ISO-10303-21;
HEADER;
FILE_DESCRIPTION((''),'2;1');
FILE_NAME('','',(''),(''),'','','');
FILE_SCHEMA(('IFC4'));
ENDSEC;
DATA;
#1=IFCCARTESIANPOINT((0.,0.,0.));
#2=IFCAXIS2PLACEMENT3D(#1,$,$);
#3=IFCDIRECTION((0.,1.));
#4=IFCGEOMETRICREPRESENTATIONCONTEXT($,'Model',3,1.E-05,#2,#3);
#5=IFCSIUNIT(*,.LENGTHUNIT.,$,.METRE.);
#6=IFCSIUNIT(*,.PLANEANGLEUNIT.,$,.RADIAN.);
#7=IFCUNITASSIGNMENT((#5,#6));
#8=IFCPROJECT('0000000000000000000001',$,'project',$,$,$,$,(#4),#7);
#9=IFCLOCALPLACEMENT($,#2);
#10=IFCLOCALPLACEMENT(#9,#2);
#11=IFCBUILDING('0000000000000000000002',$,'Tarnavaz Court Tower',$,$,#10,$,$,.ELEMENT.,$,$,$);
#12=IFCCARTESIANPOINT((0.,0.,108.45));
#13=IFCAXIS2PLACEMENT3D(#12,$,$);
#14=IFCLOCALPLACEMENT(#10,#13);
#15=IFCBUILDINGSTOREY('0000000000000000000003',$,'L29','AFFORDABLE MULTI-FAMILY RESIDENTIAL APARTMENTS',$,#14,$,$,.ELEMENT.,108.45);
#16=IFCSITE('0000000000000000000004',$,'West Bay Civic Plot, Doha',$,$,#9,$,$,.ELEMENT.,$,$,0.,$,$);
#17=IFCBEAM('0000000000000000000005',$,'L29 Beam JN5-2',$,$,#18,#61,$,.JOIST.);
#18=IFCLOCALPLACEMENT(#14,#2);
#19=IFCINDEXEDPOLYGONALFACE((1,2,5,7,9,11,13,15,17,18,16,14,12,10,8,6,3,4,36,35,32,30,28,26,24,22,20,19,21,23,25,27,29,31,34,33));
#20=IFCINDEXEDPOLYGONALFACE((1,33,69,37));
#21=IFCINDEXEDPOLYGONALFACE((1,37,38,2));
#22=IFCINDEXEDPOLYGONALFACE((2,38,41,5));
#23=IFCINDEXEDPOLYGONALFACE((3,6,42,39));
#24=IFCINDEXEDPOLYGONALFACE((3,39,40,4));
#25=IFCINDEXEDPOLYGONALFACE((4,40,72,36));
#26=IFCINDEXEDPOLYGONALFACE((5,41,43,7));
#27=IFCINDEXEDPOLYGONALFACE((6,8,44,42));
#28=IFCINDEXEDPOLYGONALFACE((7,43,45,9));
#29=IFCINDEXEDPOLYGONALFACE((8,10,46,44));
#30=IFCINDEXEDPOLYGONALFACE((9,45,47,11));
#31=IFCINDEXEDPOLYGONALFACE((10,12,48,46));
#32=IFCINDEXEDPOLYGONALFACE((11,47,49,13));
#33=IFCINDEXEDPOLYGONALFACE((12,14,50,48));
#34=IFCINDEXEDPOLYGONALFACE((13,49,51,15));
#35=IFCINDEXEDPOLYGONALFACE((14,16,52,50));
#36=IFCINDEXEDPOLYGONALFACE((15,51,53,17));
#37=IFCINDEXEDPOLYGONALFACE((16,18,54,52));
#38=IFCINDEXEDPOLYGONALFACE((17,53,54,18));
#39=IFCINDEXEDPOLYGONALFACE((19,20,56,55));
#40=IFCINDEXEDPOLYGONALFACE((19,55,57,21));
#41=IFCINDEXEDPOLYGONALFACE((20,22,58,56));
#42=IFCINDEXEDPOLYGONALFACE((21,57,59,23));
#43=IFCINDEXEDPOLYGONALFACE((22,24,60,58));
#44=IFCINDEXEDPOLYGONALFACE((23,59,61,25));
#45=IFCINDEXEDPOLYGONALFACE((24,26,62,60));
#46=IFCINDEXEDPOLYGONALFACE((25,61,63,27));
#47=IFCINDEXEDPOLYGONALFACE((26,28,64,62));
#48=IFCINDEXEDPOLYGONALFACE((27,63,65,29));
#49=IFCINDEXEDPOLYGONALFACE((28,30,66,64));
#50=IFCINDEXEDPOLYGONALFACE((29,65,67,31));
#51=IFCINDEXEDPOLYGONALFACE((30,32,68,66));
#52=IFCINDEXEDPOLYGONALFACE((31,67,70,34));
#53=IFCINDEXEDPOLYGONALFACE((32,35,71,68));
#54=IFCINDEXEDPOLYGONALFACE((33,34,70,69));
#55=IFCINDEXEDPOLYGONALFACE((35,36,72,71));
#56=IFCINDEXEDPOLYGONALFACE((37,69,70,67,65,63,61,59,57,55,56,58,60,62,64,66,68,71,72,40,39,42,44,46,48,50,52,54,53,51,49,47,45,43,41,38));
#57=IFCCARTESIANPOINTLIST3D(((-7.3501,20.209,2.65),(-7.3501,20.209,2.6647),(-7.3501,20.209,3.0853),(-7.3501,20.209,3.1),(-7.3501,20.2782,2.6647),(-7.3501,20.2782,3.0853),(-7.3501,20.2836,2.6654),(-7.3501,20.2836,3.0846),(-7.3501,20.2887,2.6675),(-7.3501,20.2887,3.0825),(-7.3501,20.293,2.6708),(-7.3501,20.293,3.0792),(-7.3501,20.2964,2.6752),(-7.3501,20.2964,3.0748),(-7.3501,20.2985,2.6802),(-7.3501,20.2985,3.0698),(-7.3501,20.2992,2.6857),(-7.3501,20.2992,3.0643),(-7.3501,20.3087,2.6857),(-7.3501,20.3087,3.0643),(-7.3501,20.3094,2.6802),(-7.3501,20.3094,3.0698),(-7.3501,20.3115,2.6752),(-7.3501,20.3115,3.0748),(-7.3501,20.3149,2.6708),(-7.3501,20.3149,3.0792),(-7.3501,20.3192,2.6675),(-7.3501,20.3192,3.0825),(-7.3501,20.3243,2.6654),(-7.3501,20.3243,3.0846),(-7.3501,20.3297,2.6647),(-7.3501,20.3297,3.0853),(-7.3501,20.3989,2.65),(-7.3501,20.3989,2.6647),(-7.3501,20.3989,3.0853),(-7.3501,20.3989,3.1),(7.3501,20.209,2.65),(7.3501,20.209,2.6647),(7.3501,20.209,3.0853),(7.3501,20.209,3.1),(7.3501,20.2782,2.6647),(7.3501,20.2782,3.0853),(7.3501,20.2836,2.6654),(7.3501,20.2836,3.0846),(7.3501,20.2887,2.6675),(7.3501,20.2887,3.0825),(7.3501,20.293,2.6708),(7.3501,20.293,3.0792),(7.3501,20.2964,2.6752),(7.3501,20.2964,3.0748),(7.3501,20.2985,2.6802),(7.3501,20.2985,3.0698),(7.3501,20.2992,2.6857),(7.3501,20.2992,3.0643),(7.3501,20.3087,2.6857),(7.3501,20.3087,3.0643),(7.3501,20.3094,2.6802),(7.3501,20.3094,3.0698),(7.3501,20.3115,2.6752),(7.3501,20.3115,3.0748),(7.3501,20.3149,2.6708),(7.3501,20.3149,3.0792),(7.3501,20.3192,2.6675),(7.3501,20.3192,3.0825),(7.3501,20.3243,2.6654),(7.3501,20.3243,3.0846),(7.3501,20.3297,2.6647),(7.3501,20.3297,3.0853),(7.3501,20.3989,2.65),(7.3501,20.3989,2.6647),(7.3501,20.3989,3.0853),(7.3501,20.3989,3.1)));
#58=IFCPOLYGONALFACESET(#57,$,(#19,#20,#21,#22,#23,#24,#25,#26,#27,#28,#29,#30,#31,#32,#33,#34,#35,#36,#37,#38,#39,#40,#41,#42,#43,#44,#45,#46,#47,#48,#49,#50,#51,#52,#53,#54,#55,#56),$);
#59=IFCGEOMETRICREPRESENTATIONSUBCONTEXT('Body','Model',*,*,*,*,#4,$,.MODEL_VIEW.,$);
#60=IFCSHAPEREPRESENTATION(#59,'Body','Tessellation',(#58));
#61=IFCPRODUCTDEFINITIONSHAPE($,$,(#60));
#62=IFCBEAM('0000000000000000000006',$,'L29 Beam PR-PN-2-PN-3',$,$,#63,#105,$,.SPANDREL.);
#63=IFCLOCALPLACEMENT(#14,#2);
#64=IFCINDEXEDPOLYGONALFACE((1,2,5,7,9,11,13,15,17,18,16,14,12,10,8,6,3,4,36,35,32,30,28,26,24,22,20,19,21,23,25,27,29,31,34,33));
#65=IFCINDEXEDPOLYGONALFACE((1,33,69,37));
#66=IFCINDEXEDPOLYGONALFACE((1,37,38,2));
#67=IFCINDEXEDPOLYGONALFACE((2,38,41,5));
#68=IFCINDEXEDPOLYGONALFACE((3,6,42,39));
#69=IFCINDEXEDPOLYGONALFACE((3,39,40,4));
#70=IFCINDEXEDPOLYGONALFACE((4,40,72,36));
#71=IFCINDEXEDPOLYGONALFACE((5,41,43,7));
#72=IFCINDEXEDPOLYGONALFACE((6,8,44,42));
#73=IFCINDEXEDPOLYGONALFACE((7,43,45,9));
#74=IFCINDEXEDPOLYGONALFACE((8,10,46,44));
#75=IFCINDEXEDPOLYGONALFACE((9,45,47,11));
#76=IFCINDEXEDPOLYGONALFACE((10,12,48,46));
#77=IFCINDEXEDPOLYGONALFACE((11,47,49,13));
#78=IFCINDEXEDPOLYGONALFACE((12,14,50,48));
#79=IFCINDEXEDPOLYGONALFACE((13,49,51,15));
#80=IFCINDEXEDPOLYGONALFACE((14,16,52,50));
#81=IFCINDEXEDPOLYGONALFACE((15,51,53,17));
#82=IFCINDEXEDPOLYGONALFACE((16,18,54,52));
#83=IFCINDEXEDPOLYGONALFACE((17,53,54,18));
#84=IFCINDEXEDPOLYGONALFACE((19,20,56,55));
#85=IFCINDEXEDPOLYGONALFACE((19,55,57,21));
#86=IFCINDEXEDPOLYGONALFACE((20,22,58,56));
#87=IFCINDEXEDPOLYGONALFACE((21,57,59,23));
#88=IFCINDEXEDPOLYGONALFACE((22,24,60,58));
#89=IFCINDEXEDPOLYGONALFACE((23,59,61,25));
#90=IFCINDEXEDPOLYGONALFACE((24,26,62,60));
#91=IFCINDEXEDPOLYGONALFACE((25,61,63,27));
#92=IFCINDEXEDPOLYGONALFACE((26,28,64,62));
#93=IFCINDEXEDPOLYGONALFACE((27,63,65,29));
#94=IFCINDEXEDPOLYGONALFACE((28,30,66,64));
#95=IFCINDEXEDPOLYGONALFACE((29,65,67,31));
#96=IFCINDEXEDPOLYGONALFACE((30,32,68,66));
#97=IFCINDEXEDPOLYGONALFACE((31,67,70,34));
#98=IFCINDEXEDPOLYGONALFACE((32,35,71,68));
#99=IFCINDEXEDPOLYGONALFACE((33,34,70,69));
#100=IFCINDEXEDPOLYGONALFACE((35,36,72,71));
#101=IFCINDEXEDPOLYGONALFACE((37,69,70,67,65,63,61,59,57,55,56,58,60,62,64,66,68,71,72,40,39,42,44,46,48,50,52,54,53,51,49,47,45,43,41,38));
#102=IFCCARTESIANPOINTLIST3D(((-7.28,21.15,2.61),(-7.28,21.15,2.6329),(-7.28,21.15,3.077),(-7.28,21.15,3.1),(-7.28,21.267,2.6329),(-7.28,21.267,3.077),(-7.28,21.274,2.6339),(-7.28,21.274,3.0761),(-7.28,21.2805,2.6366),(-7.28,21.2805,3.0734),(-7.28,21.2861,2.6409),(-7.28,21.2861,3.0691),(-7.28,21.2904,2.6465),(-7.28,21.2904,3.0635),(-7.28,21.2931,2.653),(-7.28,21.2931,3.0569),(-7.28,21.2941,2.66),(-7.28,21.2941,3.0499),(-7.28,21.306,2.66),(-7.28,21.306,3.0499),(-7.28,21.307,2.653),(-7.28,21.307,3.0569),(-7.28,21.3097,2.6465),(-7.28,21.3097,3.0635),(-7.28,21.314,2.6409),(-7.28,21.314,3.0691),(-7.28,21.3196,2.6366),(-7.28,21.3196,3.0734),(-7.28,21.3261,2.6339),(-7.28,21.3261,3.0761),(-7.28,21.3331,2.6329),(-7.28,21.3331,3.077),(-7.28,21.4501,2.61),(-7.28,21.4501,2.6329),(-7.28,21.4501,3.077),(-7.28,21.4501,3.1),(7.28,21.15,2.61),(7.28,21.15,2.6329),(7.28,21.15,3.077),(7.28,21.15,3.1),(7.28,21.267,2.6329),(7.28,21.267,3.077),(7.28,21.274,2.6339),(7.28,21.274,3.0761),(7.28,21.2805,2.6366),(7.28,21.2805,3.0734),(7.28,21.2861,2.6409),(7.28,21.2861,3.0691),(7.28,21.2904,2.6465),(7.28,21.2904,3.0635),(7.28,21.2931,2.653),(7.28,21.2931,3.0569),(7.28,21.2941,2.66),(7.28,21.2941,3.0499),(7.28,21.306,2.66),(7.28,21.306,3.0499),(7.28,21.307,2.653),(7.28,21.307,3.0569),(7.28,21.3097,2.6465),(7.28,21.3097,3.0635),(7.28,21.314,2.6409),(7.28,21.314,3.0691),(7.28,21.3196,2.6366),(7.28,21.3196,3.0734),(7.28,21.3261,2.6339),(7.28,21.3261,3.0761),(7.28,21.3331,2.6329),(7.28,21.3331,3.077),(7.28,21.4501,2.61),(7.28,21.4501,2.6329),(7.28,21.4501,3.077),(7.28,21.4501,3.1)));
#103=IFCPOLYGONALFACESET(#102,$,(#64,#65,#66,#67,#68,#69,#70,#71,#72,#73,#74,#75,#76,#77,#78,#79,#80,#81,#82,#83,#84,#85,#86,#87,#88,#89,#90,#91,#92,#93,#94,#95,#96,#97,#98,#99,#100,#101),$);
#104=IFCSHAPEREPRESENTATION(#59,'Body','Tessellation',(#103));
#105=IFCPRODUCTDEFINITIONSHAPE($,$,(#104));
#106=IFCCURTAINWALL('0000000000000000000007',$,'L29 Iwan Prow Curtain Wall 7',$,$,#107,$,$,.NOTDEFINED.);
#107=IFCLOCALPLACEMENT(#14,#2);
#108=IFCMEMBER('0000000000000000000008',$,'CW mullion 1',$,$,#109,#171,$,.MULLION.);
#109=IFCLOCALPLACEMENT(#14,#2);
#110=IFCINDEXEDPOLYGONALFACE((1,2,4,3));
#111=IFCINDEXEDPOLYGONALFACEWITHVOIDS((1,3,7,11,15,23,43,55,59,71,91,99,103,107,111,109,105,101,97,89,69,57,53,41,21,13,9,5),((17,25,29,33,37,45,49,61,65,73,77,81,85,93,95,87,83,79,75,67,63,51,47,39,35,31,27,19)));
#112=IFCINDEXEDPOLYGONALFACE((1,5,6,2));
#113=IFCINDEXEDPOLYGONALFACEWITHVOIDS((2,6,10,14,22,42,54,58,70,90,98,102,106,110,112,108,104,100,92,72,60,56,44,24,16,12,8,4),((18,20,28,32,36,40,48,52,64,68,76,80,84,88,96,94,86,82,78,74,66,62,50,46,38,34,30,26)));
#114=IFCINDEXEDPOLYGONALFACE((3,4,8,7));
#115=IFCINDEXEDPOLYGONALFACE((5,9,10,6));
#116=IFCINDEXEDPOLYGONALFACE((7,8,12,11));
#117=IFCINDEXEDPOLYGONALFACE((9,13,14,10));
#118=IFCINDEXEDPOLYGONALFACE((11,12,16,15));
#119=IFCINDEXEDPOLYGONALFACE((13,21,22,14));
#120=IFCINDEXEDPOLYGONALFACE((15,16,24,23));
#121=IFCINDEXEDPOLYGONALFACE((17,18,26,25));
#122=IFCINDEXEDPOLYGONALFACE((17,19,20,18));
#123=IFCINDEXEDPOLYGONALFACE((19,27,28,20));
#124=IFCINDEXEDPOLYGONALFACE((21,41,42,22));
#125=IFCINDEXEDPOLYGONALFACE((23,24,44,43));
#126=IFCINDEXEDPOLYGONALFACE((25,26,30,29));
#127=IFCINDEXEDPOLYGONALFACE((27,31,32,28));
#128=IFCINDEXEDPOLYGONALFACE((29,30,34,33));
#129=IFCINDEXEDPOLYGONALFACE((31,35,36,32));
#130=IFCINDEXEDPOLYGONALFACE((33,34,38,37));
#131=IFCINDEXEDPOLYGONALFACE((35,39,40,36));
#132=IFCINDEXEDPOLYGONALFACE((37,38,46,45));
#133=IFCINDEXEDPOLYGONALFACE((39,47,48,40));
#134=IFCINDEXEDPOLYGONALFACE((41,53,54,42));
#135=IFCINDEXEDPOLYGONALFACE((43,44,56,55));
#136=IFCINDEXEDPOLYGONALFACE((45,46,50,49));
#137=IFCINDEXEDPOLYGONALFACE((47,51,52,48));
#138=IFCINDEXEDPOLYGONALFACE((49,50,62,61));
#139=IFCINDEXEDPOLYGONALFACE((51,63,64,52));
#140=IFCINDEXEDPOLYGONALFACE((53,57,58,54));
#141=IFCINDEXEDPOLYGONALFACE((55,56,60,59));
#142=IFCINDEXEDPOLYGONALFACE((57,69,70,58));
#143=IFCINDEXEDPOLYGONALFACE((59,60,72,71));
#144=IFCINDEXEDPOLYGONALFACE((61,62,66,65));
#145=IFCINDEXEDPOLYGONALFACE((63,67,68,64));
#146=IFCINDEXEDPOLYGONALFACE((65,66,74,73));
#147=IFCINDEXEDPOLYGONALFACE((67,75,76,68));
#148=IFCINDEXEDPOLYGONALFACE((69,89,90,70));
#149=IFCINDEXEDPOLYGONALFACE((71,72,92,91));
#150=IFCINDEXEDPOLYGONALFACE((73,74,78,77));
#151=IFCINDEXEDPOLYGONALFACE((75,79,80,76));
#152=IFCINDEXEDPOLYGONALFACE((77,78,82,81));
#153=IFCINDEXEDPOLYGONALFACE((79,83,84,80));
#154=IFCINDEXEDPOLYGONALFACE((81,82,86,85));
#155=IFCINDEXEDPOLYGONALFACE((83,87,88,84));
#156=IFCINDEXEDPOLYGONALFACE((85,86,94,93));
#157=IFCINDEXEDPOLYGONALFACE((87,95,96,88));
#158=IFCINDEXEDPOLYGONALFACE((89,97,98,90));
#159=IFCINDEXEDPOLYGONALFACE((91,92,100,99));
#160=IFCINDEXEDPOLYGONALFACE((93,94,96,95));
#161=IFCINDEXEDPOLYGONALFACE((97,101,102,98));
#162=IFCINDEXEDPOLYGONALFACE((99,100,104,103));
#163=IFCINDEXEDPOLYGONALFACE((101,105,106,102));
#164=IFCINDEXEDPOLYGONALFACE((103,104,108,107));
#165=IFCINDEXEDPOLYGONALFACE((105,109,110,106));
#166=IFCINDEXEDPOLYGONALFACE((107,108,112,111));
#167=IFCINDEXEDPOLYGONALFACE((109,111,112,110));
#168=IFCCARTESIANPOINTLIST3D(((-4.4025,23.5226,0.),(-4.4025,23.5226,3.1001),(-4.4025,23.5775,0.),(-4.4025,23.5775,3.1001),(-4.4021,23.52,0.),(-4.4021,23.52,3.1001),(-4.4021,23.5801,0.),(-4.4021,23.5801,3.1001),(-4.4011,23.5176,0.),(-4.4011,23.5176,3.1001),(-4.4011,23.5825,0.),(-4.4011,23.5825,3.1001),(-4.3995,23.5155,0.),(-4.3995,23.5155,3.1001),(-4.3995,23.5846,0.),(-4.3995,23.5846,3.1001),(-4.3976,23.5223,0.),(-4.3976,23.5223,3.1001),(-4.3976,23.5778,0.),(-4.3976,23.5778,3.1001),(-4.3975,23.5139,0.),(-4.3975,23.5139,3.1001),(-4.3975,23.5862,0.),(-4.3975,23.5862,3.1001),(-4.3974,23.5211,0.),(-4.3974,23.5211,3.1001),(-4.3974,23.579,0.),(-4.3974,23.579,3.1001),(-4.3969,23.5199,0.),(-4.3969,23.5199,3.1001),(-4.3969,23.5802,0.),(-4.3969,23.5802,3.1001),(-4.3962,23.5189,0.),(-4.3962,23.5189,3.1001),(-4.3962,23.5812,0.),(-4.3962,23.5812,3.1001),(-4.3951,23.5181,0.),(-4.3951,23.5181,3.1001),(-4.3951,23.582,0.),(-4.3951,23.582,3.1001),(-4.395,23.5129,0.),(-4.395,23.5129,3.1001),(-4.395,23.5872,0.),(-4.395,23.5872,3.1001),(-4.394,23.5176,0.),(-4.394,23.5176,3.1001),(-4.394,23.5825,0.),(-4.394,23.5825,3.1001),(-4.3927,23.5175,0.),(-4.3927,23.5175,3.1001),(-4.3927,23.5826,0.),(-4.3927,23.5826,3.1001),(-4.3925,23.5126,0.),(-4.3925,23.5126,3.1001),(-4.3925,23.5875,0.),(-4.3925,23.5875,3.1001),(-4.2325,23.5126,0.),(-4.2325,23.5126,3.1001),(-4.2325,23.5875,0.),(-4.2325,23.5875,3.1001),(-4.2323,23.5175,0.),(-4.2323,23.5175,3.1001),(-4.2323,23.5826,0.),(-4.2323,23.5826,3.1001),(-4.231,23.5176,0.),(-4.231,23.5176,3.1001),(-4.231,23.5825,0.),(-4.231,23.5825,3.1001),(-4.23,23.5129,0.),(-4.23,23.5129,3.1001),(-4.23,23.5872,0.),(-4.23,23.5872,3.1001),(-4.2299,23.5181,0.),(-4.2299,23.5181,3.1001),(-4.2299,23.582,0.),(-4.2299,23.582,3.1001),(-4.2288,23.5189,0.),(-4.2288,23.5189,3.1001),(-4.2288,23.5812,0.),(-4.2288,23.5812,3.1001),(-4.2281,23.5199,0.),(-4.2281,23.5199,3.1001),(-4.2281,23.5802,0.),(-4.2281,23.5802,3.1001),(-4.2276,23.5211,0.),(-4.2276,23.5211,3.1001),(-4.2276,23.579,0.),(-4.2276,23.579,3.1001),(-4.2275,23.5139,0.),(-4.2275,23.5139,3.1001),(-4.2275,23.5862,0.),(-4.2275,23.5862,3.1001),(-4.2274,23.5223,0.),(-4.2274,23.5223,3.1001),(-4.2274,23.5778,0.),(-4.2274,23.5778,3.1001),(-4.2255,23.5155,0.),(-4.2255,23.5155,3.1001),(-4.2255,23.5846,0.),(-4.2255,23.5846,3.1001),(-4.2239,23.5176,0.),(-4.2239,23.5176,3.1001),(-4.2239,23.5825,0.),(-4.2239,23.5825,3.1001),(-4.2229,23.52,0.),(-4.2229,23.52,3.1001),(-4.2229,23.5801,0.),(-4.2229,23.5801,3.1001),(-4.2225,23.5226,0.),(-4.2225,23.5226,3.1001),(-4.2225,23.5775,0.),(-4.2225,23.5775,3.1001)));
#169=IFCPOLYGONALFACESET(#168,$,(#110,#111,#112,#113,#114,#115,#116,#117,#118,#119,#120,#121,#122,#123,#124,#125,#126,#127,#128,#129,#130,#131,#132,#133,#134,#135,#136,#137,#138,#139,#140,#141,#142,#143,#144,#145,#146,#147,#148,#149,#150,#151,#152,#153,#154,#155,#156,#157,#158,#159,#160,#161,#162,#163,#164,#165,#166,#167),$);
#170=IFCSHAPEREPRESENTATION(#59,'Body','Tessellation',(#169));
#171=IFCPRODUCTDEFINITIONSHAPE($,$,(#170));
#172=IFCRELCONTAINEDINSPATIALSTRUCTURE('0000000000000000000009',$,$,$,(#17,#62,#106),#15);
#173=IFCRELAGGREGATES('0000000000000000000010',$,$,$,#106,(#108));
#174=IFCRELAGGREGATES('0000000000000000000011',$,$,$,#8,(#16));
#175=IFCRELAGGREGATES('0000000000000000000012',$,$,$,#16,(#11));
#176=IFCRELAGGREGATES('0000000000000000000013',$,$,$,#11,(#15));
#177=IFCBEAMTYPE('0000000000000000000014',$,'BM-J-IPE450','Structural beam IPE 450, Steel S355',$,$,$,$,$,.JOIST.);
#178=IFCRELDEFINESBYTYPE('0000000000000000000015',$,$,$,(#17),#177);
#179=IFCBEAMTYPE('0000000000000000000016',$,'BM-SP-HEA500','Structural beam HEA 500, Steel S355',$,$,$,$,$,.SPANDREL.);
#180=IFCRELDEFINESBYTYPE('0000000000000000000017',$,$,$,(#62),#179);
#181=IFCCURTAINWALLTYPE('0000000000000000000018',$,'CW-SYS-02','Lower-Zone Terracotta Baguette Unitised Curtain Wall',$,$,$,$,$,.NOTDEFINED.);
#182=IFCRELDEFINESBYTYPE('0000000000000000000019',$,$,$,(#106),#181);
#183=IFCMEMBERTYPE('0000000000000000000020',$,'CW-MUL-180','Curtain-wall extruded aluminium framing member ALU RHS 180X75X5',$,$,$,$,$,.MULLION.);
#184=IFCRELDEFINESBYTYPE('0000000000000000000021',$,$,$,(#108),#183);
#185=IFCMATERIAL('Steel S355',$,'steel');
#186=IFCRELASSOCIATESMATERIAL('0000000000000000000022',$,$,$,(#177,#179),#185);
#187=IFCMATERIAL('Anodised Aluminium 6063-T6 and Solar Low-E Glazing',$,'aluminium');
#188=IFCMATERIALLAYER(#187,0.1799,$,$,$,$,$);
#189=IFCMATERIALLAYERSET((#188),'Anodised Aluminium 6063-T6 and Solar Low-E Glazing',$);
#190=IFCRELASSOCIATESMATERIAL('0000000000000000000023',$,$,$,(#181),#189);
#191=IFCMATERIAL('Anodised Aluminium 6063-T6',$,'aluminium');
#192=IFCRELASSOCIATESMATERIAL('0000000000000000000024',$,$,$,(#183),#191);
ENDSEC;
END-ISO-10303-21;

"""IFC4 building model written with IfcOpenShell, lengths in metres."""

from ifc_helpers import new_model, si_unit, direction, frame, origin, origin_2d, place, context, subcontext, project, spatial, hollow_rectangle, i_section, extrude, material, layer, layer_set, material_profile, profile_set, type_object, element, aggregate, save


model = new_model("IFC4")

# Units and contexts
model_context = context("Model", 3, precision=1e-05, world=origin(), true_north=direction((0.0, 1.0)))
body_context = subcontext(model_context, "Body", "Model", "MODEL_VIEW")
ifc_project = project(units=[si_unit("LENGTHUNIT", "METRE"), si_unit("PLANEANGLEUNIT", "RADIAN")], contexts=[model_context])

# Site, building, storey
site_placement = place(None, origin())
site = spatial("IfcSite", under=ifc_project, at=site_placement, Name="West Bay Civic Plot, Doha", CompositionType="ELEMENT", RefElevation=0.0)
building_placement = place(site_placement, origin())
building = spatial("IfcBuilding", under=site, at=building_placement, Name="Tarnavaz Court Tower", CompositionType="ELEMENT")
storey_placement = place(building_placement, frame((0.0, 0.0, 108.45)))
storey = spatial("IfcBuildingStorey", under=building, at=storey_placement, Name="L29", Description="AFFORDABLE MULTI-FAMILY RESIDENTIAL APARTMENTS", CompositionType="ELEMENT", Elevation=108.45)

# Beams
ifc_material_1 = material(Name="Steel S355", Category="steel")
ifc_material_profile_1 = material_profile(ifc_material_1, i_section(OverallWidth=0.1899, OverallDepth=0.45, WebThickness=0.0095, FlangeThickness=0.0146, FilletRadius=0.021, at=origin_2d()), Name="IPE 450")
ifc_profile_set_1 = profile_set([ifc_material_profile_1], Name="Steel S355")
beam_type_1 = type_object("IfcBeamType", Name="BM-J-IPE450", Description="Structural beam IPE 450, Steel S355", PredefinedType="JOIST", material=ifc_profile_set_1)
for number, where, z_axis, x_axis, name in (
    (1, (-7.3501, 20.304, 2.875), (1.0, 0.0, 0.0), (0.0, 1.0, 0.0), "L29 Beam JN5-2"),
):
    element("IfcBeam", number, at=place(storey_placement, frame(where, z_axis=z_axis, x_axis=x_axis)), inside=storey, type_object=beam_type_1, Name=name, PredefinedType="JOIST", context=body_context, shape_type="SweptSolid", body=[
        extrude(i_section(OverallWidth=0.1899, OverallDepth=0.45, WebThickness=0.0095, FlangeThickness=0.0146, FilletRadius=0.021, at=origin_2d()), origin(), (0.0, 0.0, 1.0), 14.7002),
    ])
ifc_material_profile_2 = material_profile(ifc_material_1, i_section(OverallWidth=0.3, OverallDepth=0.49, WebThickness=0.012, FlangeThickness=0.0229, FilletRadius=0.0271, at=origin_2d()), Name="HEA 500")
ifc_profile_set_2 = profile_set([ifc_material_profile_2], Name="Steel S355")
beam_type_2 = type_object("IfcBeamType", Name="BM-SP-HEA500", Description="Structural beam HEA 500, Steel S355", PredefinedType="SPANDREL", material=ifc_profile_set_2)
beam_placement = place(storey_placement, frame((-7.28, 21.3, 2.855), z_axis=(1.0, 0.0, 0.0), x_axis=(0.0, 1.0, 0.0)))
element("IfcBeam", 2, at=beam_placement, inside=storey, type_object=beam_type_2, Name="L29 Beam PR-PN-2-PN-3", PredefinedType="SPANDREL", context=body_context, shape_type="SweptSolid", body=[
    extrude(i_section(OverallWidth=0.3, OverallDepth=0.49, WebThickness=0.012, FlangeThickness=0.0229, FilletRadius=0.0271, at=origin_2d()), origin(), (0.0, 0.0, 1.0), 14.5601),
])

# Curtain wall, member
ifc_material_2 = material(Name="Anodised Aluminium 6063-T6 and Solar Low-E Glazing", Category="aluminium")
ifc_layer_1 = layer(ifc_material_2, 0.1799)
ifc_layer_set_1 = layer_set([ifc_layer_1], Name="Anodised Aluminium 6063-T6 and Solar Low-E Glazing")
curtain_wall_type = type_object("IfcCurtainWallType", Name="CW-SYS-02", Description="Lower-Zone Terracotta Baguette Unitised Curtain Wall", PredefinedType="NOTDEFINED", material=ifc_layer_set_1)
curtain_wall_placement = place(storey_placement, origin())
curtain_wall = element("IfcCurtainWall", 3, at=curtain_wall_placement, inside=storey, type_object=curtain_wall_type, Name="L29 Iwan Prow Curtain Wall 7", PredefinedType="NOTDEFINED")
ifc_material_3 = material(Name="Anodised Aluminium 6063-T6", Category="aluminium")
ifc_material_profile_3 = material_profile(ifc_material_3, hollow_rectangle(XDim=0.075, YDim=0.1799, WallThickness=0.0049, InnerFilletRadius=0.0049, OuterFilletRadius=0.01, at=origin_2d()), Name="ALU RHS 180X75X5")
ifc_profile_set_3 = profile_set([ifc_material_profile_3], Name="Anodised Aluminium 6063-T6")
member_type_1 = type_object("IfcMemberType", Name="CW-MUL-180", Description="Curtain-wall extruded aluminium framing member ALU RHS 180X75X5", PredefinedType="MULLION", material=ifc_profile_set_3)
member_1_placement = place(storey_placement, frame((-4.3125, 23.55, 0.0), z_axis=(0.0, 0.0, 1.0), x_axis=(0.0, 1.0, 0.0)))
member_1 = element("IfcMember", 4, at=member_1_placement, type_object=member_type_1, Name="CW mullion 1", PredefinedType="MULLION", context=body_context, shape_type="SweptSolid", body=[
    extrude(hollow_rectangle(XDim=0.075, YDim=0.1799, WallThickness=0.0049, InnerFilletRadius=0.0049, OuterFilletRadius=0.01, at=origin_2d()), origin(), (0.0, 0.0, 1.0), 3.1001),
])
aggregate(curtain_wall, [member_1])

save(model, "model.ifc")
